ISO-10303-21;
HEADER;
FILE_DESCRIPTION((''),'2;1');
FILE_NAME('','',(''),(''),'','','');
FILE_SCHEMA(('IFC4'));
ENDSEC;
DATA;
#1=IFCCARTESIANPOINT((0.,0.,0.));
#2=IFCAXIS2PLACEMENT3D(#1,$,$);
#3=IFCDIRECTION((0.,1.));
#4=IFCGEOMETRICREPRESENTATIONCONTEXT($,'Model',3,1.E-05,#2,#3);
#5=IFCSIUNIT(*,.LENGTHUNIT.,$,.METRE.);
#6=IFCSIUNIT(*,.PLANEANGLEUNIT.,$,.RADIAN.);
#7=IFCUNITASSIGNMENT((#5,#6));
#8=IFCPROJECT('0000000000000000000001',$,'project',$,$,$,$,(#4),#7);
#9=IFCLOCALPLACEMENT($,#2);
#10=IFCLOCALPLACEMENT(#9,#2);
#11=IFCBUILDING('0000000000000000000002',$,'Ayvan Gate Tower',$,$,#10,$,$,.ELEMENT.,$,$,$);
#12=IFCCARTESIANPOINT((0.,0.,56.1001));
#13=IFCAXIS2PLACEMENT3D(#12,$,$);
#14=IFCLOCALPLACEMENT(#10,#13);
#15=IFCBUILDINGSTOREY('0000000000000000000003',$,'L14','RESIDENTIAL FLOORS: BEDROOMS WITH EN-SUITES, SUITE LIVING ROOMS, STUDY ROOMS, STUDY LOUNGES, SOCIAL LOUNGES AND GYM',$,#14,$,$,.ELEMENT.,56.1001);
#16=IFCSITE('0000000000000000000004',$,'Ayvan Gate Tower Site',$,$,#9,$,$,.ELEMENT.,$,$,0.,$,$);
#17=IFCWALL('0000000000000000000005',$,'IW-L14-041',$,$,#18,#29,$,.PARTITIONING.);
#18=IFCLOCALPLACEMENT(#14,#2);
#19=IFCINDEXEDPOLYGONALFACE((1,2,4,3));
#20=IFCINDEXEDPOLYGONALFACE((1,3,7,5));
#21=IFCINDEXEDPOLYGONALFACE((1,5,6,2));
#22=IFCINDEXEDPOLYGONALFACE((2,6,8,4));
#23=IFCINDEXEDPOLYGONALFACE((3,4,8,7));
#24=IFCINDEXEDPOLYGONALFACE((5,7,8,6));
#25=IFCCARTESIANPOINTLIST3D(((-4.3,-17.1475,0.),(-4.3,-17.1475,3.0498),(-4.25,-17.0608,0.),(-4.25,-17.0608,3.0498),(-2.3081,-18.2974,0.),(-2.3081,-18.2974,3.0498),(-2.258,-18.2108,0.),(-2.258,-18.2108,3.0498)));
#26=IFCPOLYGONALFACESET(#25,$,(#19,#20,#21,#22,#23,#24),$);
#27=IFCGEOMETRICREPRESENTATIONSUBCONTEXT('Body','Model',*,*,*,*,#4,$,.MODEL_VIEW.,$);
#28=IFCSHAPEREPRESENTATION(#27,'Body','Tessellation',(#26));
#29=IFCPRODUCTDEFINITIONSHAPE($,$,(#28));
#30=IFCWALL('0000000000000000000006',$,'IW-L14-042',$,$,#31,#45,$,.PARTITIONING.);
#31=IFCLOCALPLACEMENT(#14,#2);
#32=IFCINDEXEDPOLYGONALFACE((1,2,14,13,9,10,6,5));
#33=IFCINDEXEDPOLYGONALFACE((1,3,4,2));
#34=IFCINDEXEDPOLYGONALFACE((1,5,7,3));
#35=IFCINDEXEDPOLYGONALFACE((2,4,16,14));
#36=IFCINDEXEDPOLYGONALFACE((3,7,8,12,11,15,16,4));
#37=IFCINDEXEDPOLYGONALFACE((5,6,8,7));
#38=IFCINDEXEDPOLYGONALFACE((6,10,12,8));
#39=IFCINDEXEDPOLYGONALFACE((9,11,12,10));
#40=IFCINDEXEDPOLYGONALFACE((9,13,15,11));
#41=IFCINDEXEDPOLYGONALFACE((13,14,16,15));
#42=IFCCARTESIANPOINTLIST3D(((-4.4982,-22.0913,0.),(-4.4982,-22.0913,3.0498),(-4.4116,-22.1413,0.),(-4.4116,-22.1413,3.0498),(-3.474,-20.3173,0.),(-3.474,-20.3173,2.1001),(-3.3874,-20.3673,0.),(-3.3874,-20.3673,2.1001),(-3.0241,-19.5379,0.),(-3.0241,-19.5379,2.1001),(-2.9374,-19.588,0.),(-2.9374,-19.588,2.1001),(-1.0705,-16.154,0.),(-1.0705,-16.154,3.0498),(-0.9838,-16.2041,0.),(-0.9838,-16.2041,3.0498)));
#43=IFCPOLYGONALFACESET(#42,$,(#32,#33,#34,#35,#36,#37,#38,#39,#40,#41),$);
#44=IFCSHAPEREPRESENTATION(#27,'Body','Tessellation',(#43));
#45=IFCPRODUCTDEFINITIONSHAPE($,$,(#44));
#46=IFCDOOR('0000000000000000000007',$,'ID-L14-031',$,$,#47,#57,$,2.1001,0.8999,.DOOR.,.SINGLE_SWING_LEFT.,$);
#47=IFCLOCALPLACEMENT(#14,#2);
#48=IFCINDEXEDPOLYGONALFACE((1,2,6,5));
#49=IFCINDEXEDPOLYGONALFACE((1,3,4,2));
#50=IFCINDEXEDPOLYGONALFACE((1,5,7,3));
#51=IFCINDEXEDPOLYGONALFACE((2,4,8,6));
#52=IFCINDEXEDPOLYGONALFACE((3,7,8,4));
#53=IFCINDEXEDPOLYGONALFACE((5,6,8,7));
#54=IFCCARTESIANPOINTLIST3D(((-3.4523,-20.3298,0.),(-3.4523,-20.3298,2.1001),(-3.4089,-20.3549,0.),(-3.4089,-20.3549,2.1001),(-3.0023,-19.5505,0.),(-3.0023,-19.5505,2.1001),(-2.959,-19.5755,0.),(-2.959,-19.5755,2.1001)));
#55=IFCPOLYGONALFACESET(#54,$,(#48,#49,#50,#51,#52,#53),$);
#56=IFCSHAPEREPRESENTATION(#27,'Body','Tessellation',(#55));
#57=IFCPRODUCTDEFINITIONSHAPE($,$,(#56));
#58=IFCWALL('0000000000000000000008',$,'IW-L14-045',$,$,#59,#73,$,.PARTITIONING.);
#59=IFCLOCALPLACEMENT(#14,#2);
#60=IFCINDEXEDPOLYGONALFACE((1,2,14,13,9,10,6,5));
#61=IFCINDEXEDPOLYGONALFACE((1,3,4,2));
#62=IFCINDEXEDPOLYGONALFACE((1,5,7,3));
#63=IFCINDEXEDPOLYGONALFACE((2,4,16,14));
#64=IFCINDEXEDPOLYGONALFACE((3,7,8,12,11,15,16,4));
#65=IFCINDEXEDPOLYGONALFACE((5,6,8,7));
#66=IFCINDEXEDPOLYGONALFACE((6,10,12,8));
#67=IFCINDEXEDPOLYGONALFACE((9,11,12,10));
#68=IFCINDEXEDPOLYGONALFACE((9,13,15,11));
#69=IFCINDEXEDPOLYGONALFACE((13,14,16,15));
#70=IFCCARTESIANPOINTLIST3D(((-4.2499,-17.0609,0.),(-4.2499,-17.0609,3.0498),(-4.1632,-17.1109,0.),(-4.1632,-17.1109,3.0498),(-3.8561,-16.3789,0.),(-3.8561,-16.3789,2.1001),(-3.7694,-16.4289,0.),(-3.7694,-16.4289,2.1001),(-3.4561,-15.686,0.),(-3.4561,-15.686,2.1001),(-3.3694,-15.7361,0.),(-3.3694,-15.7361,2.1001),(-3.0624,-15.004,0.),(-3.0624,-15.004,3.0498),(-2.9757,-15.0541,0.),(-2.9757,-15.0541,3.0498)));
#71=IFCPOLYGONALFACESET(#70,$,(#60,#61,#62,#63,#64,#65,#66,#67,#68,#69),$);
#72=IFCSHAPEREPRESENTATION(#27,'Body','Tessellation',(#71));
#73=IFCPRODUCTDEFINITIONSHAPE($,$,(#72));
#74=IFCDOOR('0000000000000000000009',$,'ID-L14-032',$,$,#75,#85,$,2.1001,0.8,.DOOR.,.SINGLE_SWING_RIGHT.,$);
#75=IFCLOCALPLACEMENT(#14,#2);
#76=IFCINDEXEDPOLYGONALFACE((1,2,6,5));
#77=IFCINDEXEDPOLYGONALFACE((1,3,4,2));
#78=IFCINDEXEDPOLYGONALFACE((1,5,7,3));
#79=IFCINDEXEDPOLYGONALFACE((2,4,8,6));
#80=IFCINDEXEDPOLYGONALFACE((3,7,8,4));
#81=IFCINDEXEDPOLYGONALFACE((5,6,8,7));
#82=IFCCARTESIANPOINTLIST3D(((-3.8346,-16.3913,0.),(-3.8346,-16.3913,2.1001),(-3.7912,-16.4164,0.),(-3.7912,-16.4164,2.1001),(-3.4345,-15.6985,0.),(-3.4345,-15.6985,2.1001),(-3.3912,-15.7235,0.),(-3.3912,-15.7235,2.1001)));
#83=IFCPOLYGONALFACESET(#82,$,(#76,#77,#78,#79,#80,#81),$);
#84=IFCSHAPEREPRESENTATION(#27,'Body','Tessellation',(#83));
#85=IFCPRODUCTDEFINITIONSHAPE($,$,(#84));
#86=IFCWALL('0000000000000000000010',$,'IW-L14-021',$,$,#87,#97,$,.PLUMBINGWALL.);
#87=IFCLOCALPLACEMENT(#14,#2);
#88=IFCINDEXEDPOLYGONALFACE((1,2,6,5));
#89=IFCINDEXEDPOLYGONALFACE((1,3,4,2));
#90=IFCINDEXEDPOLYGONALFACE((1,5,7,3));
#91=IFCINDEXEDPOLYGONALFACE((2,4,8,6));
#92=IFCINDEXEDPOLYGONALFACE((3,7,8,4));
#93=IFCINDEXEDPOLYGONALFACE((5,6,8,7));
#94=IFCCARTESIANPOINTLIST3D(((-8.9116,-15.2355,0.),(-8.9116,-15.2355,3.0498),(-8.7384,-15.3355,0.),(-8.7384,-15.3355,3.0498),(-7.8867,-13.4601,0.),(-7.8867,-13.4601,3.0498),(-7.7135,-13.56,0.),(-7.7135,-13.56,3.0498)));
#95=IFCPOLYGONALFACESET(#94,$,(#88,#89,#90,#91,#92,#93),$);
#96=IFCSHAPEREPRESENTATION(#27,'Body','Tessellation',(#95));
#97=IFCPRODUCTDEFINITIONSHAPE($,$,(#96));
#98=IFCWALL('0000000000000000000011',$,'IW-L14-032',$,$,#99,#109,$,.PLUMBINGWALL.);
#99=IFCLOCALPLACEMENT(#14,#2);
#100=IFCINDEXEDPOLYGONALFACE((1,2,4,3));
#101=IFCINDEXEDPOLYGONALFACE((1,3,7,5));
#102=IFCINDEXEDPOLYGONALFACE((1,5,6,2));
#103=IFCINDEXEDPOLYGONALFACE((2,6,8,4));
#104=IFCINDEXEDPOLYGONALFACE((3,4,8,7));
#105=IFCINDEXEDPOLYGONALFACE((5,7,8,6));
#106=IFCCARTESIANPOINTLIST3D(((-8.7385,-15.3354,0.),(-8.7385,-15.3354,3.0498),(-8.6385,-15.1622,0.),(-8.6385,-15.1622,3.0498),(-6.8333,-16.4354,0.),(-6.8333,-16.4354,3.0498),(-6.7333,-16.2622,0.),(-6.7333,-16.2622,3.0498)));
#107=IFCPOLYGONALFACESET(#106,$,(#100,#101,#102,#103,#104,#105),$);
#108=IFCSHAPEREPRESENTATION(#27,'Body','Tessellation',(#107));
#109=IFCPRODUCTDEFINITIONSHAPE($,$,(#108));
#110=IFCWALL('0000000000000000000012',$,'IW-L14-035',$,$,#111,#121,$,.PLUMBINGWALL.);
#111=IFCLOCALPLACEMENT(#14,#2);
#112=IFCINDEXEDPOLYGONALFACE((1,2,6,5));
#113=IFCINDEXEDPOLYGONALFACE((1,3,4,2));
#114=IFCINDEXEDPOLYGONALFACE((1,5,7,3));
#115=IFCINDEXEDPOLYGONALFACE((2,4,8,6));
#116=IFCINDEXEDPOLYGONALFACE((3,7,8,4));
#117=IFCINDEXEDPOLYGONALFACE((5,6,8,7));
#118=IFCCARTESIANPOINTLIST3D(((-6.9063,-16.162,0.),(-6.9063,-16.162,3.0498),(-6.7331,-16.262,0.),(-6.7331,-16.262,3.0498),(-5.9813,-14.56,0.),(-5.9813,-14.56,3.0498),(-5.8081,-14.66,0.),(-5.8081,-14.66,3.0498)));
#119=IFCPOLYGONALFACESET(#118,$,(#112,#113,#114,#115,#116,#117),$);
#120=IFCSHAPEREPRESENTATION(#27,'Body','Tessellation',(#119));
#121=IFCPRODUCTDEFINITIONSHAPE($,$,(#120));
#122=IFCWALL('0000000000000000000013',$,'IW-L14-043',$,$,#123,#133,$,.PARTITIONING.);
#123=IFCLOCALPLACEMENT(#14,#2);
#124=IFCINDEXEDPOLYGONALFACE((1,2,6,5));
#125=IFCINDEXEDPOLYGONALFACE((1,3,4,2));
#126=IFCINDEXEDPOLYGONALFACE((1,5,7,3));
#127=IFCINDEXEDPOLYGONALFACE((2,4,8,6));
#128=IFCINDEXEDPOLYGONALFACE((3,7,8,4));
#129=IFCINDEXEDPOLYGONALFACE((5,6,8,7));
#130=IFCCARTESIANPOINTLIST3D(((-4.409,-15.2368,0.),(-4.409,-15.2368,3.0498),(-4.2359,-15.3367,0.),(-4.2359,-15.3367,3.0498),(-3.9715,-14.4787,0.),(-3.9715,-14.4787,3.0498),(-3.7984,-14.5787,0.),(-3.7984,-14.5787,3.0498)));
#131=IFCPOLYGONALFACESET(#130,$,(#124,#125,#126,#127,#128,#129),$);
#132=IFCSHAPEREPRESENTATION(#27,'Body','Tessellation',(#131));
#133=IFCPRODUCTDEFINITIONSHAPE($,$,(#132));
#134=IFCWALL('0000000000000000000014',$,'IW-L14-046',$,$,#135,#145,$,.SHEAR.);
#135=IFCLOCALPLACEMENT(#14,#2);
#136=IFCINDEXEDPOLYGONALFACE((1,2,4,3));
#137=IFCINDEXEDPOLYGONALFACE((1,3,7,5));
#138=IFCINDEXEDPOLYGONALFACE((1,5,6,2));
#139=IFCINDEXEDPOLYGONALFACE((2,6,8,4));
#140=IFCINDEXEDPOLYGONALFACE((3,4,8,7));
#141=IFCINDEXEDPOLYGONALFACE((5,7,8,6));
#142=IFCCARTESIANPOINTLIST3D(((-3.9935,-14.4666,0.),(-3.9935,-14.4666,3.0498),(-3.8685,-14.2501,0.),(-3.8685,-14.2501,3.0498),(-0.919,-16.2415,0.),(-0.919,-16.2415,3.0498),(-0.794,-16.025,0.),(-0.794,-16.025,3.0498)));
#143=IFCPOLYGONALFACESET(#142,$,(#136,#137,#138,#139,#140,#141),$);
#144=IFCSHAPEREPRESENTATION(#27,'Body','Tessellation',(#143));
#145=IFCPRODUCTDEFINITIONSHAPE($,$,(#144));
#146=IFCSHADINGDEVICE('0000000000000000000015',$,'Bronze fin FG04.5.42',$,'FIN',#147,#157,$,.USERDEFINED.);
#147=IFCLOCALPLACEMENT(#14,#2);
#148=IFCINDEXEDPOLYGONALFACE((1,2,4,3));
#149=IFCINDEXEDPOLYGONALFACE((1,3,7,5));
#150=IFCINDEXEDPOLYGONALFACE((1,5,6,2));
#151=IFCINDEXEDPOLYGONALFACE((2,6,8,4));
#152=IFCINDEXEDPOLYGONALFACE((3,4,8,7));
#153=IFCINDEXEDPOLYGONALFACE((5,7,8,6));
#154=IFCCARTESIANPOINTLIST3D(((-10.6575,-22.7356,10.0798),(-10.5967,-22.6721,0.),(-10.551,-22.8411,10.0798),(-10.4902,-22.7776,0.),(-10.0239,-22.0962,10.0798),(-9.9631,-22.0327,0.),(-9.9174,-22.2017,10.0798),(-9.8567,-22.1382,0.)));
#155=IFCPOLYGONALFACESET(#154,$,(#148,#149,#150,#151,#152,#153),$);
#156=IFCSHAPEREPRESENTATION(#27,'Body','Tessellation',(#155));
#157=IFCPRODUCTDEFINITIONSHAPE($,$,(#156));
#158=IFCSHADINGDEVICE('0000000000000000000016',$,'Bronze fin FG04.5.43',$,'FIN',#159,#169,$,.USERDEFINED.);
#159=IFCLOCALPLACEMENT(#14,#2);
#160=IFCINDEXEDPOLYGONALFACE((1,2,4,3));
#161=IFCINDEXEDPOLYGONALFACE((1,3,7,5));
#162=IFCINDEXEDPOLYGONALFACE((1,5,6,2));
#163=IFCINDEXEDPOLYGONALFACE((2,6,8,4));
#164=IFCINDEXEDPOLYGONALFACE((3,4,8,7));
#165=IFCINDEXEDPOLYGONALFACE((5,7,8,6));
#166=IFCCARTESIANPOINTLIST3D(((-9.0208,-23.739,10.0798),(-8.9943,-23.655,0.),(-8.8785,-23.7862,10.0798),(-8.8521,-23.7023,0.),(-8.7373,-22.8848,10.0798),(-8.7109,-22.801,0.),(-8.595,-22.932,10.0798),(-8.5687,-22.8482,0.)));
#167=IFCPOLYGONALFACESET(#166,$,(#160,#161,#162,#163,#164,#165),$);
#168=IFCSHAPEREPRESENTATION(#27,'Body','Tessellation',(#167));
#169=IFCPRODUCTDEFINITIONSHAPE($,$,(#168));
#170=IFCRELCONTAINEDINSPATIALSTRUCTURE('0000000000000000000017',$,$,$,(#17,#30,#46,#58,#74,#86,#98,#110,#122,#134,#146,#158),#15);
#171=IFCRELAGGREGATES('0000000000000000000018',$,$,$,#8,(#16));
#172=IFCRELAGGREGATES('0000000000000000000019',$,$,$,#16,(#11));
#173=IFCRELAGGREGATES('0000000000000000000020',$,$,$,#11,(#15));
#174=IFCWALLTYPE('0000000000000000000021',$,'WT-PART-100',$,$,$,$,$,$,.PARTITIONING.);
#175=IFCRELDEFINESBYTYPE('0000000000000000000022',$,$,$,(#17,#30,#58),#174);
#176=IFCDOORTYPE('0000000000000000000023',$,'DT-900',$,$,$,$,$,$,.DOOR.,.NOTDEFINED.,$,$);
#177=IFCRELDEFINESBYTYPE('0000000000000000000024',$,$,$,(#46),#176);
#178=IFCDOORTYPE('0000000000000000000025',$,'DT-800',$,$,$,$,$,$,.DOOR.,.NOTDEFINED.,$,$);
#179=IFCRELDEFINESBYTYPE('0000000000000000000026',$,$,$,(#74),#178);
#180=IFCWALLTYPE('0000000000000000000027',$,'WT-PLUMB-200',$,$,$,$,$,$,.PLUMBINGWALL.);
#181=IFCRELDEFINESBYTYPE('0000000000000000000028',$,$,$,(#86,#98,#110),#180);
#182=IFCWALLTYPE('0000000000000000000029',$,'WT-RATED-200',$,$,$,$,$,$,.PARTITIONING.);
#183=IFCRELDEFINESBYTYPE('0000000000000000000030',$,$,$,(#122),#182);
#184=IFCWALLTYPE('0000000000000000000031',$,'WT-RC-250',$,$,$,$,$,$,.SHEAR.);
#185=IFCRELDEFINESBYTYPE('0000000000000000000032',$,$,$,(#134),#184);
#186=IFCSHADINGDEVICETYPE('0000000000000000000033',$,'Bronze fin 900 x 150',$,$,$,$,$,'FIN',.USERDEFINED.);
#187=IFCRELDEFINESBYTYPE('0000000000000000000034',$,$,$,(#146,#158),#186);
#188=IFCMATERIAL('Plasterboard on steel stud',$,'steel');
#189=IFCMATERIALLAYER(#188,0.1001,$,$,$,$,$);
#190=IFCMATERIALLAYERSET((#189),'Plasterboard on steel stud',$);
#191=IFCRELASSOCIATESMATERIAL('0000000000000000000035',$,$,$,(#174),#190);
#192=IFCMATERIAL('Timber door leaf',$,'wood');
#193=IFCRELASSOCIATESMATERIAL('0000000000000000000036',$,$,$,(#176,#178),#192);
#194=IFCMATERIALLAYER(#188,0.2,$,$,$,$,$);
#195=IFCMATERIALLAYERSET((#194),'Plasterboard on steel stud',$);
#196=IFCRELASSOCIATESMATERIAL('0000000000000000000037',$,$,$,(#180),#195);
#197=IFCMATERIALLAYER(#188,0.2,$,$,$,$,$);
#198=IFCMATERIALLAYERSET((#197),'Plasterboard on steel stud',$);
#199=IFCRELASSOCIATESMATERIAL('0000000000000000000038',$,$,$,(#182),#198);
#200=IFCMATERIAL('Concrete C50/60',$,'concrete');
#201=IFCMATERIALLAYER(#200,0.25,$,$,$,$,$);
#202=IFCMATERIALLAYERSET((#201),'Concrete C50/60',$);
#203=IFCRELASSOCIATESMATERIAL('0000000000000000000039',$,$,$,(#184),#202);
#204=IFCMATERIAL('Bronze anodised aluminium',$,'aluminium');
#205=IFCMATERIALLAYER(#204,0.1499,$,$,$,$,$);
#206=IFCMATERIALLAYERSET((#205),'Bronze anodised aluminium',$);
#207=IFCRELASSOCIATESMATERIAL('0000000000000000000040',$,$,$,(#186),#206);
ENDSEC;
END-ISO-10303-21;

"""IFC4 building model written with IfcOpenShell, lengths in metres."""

from ifc_helpers import new_model, si_unit, direction, frame, frame_2d, origin, place, context, subcontext, project, spatial, polyline, rectangle, outline, extrude, material, layer, layer_set, type_object, element, fill, save


model = new_model("IFC4")

# Units and contexts
model_context = context("Model", 3, precision=1e-05, world=origin(), true_north=direction((0.0, 1.0)))
body_context = subcontext(model_context, "Body", "Model", "MODEL_VIEW")
ifc_project = project(units=[si_unit("LENGTHUNIT", "METRE"), si_unit("PLANEANGLEUNIT", "RADIAN")], contexts=[model_context])

# Site, building, storey
site_placement = place(None, origin())
site = spatial("IfcSite", under=ifc_project, at=site_placement, Name="Ayvan Gate Tower Site", CompositionType="ELEMENT", RefElevation=0.0)
building_placement = place(site_placement, origin())
building = spatial("IfcBuilding", under=site, at=building_placement, Name="Ayvan Gate Tower", CompositionType="ELEMENT")
storey_placement = place(building_placement, frame((0.0, 0.0, 56.1001)))
storey = spatial("IfcBuildingStorey", under=building, at=storey_placement, Name="L14", Description="RESIDENTIAL FLOORS: BEDROOMS WITH EN-SUITES, SUITE LIVING ROOMS, STUDY ROOMS, STUDY LOUNGES, SOCIAL LOUNGES AND GYM", CompositionType="ELEMENT", Elevation=56.1001)

# Shared definitions
ifc_material_1 = material(Name="Bronze anodised aluminium", Category="aluminium")

# Wall
ifc_material_2 = material(Name="Plasterboard on steel stud", Category="steel")
ifc_layer_1 = layer(ifc_material_2, 0.1001)
ifc_layer_set_1 = layer_set([ifc_layer_1], Name="Plasterboard on steel stud")
wall_type_1 = type_object("IfcWallType", Name="WT-PART-100", PredefinedType="PARTITIONING", material=ifc_layer_set_1)
wall_1_placement = place(storey_placement, frame((-4.2749, -17.1042, 0.0), z_axis=(0.0, 0.0, 1.0), x_axis=(0.866053, -0.499952, 0.0)))
element("IfcWall", 1, at=wall_1_placement, inside=storey, type_object=wall_type_1, Name="IW-L14-041", PredefinedType="PARTITIONING", context=body_context, shape_type="SweptSolid", body=[
    extrude(rectangle(XDim=2.3, YDim=0.1001, at=frame_2d((1.1499, 0.0))), origin(), (0.0, 0.0, 1.0), 3.0498),
])

# Walls, openings, doors
wall_2_placement = place(storey_placement, frame((-4.4548, -22.1162, 0.0), z_axis=(0.0, 0.0, 1.0), x_axis=(0.499984, 0.866034, 0.0)))
wall_2 = element("IfcWall", 2, at=wall_2_placement, inside=storey, type_object=wall_type_1, Name="IW-L14-042", PredefinedType="PARTITIONING", context=body_context, shape_type="SweptSolid", body=[
    extrude(rectangle(XDim=6.8557, YDim=0.1001, at=frame_2d((3.4277, 0.0))), origin(), (0.0, 0.0, 1.0), 3.0498),
])
opening_1_placement = place(wall_2_placement, frame((2.0483, 0.0, 0.0)))
opening_1 = element("IfcOpeningElement", 3, at=opening_1_placement, cuts=wall_2, PredefinedType="OPENING", context=body_context, shape_type="SweptSolid", body=[
    extrude(rectangle(XDim=0.8999, YDim=2.1001, at=frame_2d((0.45, 1.05))), frame((0.0, 0.0601, 0.0), z_axis=(0.0, -1.0, 0.0), x_axis=(1.0, 0.0, 0.0)), (0.0, 0.0, 1.0), 0.1201),
])
ifc_material_3 = material(Name="Timber door leaf", Category="wood")
door_type_1 = type_object("IfcDoorType", Name="DT-900", OperationType="NOTDEFINED", PredefinedType="DOOR", material=ifc_material_3)
door_1_placement = place(opening_1_placement, origin())
door_1 = element("IfcDoor", 4, at=door_1_placement, inside=storey, type_object=door_type_1, Name="ID-L14-031", OperationType="SINGLE_SWING_LEFT", OverallHeight=2.1001, OverallWidth=0.8999, PredefinedType="DOOR", context=body_context, shape_type="SweptSolid", body=[
    extrude(rectangle(XDim=0.8999, YDim=2.1001, at=frame_2d((0.45, 1.05))), frame((0.0, 0.0249, 0.0), z_axis=(0.0, -1.0, 0.0), x_axis=(1.0, 0.0, 0.0)), (0.0, 0.0, 1.0), 0.05),
])
fill(opening_1, door_1)
wall_3_placement = place(storey_placement, frame((-3.019, -15.0291, 0.0), z_axis=(0.0, 0.0, 1.0), x_axis=(-0.499986, -0.866033, 0.0)))
wall_3 = element("IfcWall", 5, at=wall_3_placement, inside=storey, type_object=wall_type_1, Name="IW-L14-045", PredefinedType="PARTITIONING", context=body_context, shape_type="SweptSolid", body=[
    extrude(rectangle(XDim=2.375, YDim=0.1001, at=frame_2d((1.1875, 0.0))), origin(), (0.0, 0.0, 1.0), 3.0498),
])
opening_2_placement = place(wall_3_placement, frame((0.7876, 0.0, 0.0)))
opening_2 = element("IfcOpeningElement", 6, at=opening_2_placement, cuts=wall_3, PredefinedType="OPENING", context=body_context, shape_type="SweptSolid", body=[
    extrude(rectangle(XDim=0.8, YDim=2.1001, at=frame_2d((0.3999, 1.05))), frame((0.0, 0.0601, 0.0), z_axis=(0.0, -1.0, 0.0), x_axis=(1.0, 0.0, 0.0)), (0.0, 0.0, 1.0), 0.1201),
])
door_type_2 = type_object("IfcDoorType", Name="DT-800", OperationType="NOTDEFINED", PredefinedType="DOOR", material=ifc_material_3)
door_2_placement = place(opening_2_placement, origin())
door_2 = element("IfcDoor", 7, at=door_2_placement, inside=storey, type_object=door_type_2, Name="ID-L14-032", OperationType="SINGLE_SWING_RIGHT", OverallHeight=2.1001, OverallWidth=0.8, PredefinedType="DOOR", context=body_context, shape_type="SweptSolid", body=[
    extrude(rectangle(XDim=0.8, YDim=2.1001, at=frame_2d((0.3999, 1.05))), frame((0.0, 0.0249, 0.0), z_axis=(0.0, -1.0, 0.0), x_axis=(1.0, 0.0, 0.0)), (0.0, 0.0, 1.0), 0.05),
])
fill(opening_2, door_2)

# Walls
ifc_layer_2 = layer(ifc_material_2, 0.2)
ifc_layer_set_2 = layer_set([ifc_layer_2], Name="Plasterboard on steel stud")
wall_type_2 = type_object("IfcWallType", Name="WT-PLUMB-200", PredefinedType="PLUMBINGWALL", material=ifc_layer_set_2)
wall_4_placement = place(storey_placement, frame((-8.825, -15.2854, 0.0), z_axis=(0.0, 0.0, 1.0), x_axis=(0.499956, 0.866051, 0.0)))
element("IfcWall", 8, at=wall_4_placement, inside=storey, type_object=wall_type_2, Name="IW-L14-021", PredefinedType="PLUMBINGWALL", context=body_context, shape_type="SweptSolid", body=[
    extrude(rectangle(XDim=2.05, YDim=0.2, at=frame_2d((1.0249, 0.0))), origin(), (0.0, 0.0, 1.0), 3.0498),
])
wall_5_placement = place(storey_placement, frame((-6.7832, -16.3489, 0.0), z_axis=(0.0, 0.0, 1.0), x_axis=(-0.866008, 0.50003, 0.0)))
element("IfcWall", 9, at=wall_5_placement, inside=storey, type_object=wall_type_2, Name="IW-L14-032", PredefinedType="PLUMBINGWALL", context=body_context, shape_type="SweptSolid", body=[
    extrude(rectangle(XDim=2.2, YDim=0.2, at=frame_2d((1.1001, 0.0))), origin(), (0.0, 0.0, 1.0), 3.0498),
])
wall_6_placement = place(storey_placement, frame((-5.8948, -14.6101, 0.0), z_axis=(0.0, 0.0, 1.0), x_axis=(-0.500042, -0.866001, 0.0)))
element("IfcWall", 10, at=wall_6_placement, inside=storey, type_object=wall_type_2, Name="IW-L14-035", PredefinedType="PLUMBINGWALL", context=body_context, shape_type="SweptSolid", body=[
    extrude(rectangle(XDim=1.8499, YDim=0.2, at=frame_2d((0.9248, 0.0))), origin(), (0.0, 0.0, 1.0), 3.0498),
])
ifc_layer_3 = layer(ifc_material_2, 0.2)
ifc_layer_set_3 = layer_set([ifc_layer_3], Name="Plasterboard on steel stud")
wall_type_3 = type_object("IfcWallType", Name="WT-RATED-200", PredefinedType="PARTITIONING", material=ifc_layer_set_3)
wall_7_placement = place(storey_placement, frame((-3.885, -14.5288, 0.0), z_axis=(0.0, 0.0, 1.0), x_axis=(-0.499859, -0.866107, 0.0)))
element("IfcWall", 11, at=wall_7_placement, inside=storey, type_object=wall_type_3, Name="IW-L14-043", PredefinedType="PARTITIONING", context=body_context, shape_type="SweptSolid", body=[
    extrude(rectangle(XDim=0.8752, YDim=0.2, at=frame_2d((0.4375, 0.0))), origin(), (0.0, 0.0, 1.0), 3.0498),
])
ifc_material_4 = material(Name="Concrete C50/60", Category="concrete")
ifc_layer_4 = layer(ifc_material_4, 0.25)
ifc_layer_set_4 = layer_set([ifc_layer_4], Name="Concrete C50/60")
wall_type_4 = type_object("IfcWallType", Name="WT-RC-250", PredefinedType="SHEAR", material=ifc_layer_set_4)
wall_8_placement = place(storey_placement, frame((-3.9309, -14.3584, 0.0), z_axis=(0.0, 0.0, 1.0), x_axis=(0.866042, -0.49997, 0.0)))
element("IfcWall", 12, at=wall_8_placement, inside=storey, type_object=wall_type_4, Name="IW-L14-046", PredefinedType="SHEAR", context=body_context, shape_type="SweptSolid", body=[
    extrude(rectangle(XDim=3.55, YDim=0.25, at=frame_2d((1.7749, 0.0))), origin(), (0.0, 0.0, 1.0), 3.0498),
])

# Shading devices
ifc_layer_5 = layer(ifc_material_1, 0.1499)
ifc_layer_set_5 = layer_set([ifc_layer_5], Name="Bronze anodised aluminium")
shading_device_type = type_object("IfcShadingDeviceType", Name="Bronze fin 900 x 150", ElementType="FIN", PredefinedType="USERDEFINED", material=ifc_layer_set_5)
shading_device_1_placement = place(storey_placement, frame((-9.9631, -22.0327, 0.0), z_axis=(-0.710354, 0.703845, 0.000148), x_axis=(-0.703845, -0.710354, 0.0)))
element("IfcShadingDevice", 13, at=shading_device_1_placement, inside=storey, type_object=shading_device_type, Name="Bronze fin FG04.5.42", ObjectType="FIN", PredefinedType="USERDEFINED", context=body_context, shape_type="SweptSolid", body=[
    extrude(outline(polyline([(0.0, 0.0), (0.9001, 0.0), (0.988, 10.0798), (0.0879, 10.0798), (0.0, 0.0)])), origin(), (0.0, 0.0, -1.0), 0.1499),
])
shading_device_2_placement = place(storey_placement, frame((-8.7109, -22.801, 0.0), z_axis=(-0.949103, 0.314966, 0.000138), x_axis=(-0.314966, -0.949103, 0.0)))
element("IfcShadingDevice", 14, at=shading_device_2_placement, inside=storey, type_object=shading_device_type, Name="Bronze fin FG04.5.43", ObjectType="FIN", PredefinedType="USERDEFINED", context=body_context, shape_type="SweptSolid", body=[
    extrude(outline(polyline([(0.0, 0.0), (0.8998, 0.0), (0.9878, 10.0798), (0.0878, 10.0798), (0.0, 0.0)])), origin(), (0.0, 0.0, -1.0), 0.1499),
])

save(model, "model.ifc")
